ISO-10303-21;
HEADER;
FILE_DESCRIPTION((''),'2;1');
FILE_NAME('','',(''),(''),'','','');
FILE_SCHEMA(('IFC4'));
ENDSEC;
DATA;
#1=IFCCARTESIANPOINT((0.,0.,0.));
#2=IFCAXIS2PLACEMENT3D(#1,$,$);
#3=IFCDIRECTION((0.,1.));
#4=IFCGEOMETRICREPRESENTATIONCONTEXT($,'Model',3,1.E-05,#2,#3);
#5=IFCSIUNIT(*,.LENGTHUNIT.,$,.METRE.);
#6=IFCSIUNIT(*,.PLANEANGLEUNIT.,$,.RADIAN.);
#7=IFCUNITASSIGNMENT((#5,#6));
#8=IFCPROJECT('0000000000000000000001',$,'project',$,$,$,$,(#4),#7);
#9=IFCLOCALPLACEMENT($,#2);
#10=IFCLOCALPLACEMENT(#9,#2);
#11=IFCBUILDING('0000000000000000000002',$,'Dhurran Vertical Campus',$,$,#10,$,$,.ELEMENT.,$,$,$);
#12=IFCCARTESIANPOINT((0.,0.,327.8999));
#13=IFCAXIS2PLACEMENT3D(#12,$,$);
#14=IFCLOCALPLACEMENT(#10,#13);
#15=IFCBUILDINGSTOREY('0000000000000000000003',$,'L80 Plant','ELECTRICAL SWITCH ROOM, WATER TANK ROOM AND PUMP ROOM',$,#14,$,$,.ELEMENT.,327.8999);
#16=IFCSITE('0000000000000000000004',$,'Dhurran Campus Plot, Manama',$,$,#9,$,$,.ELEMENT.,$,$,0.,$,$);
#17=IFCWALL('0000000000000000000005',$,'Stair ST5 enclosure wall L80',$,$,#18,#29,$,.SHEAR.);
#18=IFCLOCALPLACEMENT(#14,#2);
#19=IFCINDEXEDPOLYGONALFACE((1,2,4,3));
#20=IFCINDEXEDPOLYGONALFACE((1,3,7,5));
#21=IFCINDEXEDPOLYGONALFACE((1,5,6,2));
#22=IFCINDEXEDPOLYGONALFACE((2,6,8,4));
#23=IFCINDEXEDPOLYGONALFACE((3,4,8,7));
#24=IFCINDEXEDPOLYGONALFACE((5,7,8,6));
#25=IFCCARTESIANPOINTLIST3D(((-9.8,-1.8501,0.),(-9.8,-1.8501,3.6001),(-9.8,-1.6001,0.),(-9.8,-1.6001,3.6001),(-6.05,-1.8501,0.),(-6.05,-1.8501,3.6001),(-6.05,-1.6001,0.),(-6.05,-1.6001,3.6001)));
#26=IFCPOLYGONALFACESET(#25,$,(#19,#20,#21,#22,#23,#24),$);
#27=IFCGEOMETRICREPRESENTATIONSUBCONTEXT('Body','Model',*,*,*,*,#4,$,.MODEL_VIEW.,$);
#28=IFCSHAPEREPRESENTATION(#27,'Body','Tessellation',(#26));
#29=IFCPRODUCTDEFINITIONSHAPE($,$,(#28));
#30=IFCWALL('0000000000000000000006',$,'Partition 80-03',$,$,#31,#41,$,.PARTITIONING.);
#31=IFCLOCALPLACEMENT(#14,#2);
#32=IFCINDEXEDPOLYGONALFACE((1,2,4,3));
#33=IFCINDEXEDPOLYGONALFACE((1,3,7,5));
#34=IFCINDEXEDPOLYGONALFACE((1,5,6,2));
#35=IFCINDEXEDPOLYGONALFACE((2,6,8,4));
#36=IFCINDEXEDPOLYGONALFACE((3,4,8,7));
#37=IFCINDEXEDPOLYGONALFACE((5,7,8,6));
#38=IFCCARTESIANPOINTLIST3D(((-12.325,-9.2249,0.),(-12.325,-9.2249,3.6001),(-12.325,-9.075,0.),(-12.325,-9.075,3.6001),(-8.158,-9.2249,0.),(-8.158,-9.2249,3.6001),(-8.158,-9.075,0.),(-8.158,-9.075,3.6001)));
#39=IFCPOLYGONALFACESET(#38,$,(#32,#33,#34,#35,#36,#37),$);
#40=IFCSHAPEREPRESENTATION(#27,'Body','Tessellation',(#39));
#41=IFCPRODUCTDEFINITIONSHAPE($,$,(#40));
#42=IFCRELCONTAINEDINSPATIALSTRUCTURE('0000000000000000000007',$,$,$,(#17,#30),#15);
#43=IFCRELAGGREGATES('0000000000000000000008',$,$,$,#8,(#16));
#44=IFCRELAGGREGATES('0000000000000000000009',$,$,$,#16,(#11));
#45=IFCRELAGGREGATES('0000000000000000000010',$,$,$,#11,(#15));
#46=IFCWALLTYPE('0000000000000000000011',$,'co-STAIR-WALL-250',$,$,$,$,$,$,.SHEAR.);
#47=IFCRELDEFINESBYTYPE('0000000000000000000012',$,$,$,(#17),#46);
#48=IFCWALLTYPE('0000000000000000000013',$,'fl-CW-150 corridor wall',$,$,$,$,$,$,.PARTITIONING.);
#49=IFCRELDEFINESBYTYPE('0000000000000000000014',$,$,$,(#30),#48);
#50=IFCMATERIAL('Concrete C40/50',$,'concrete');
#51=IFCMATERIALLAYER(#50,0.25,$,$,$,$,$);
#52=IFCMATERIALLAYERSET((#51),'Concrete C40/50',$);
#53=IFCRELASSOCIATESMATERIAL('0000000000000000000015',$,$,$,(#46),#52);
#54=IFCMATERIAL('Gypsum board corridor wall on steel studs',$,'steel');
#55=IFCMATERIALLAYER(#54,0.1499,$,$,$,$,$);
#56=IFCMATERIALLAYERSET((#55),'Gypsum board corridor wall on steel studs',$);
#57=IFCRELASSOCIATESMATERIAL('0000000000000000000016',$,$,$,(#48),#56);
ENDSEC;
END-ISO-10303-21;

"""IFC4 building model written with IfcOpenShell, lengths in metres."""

from ifc_helpers import new_model, si_unit, direction, frame, frame_2d, origin, place, context, subcontext, project, spatial, rectangle, extrude, material, layer, layer_set, type_object, element, save


model = new_model("IFC4")

# Units and contexts
model_context = context("Model", 3, precision=1e-05, world=origin(), true_north=direction((0.0, 1.0)))
body_context = subcontext(model_context, "Body", "Model", "MODEL_VIEW")
ifc_project = project(units=[si_unit("LENGTHUNIT", "METRE"), si_unit("PLANEANGLEUNIT", "RADIAN")], contexts=[model_context])

# Site, building, storey
site_placement = place(None, origin())
site = spatial("IfcSite", under=ifc_project, at=site_placement, Name="Dhurran Campus Plot, Manama", CompositionType="ELEMENT", RefElevation=0.0)
building_placement = place(site_placement, origin())
building = spatial("IfcBuilding", under=site, at=building_placement, Name="Dhurran Vertical Campus", CompositionType="ELEMENT")
storey_placement = place(building_placement, frame((0.0, 0.0, 327.8999)))
storey = spatial("IfcBuildingStorey", under=building, at=storey_placement, Name="L80 Plant", Description="ELECTRICAL SWITCH ROOM, WATER TANK ROOM AND PUMP ROOM", CompositionType="ELEMENT", Elevation=327.8999)

# Walls
ifc_material_1 = material(Name="Concrete C40/50", Category="concrete")
ifc_layer_1 = layer(ifc_material_1, 0.25)
ifc_layer_set_1 = layer_set([ifc_layer_1], Name="Concrete C40/50")
wall_type_1 = type_object("IfcWallType", Name="co-STAIR-WALL-250", PredefinedType="SHEAR", material=ifc_layer_set_1)
wall_1_placement = place(storey_placement, frame((-9.8, -1.7251, 0.0), z_axis=(0.0, 0.0, 1.0), x_axis=(1.0, 0.0, 0.0)))
element("IfcWall", 1, at=wall_1_placement, inside=storey, type_object=wall_type_1, Name="Stair ST5 enclosure wall L80", PredefinedType="SHEAR", context=body_context, shape_type="SweptSolid", body=[
    extrude(rectangle(XDim=3.75, YDim=0.25, at=frame_2d((1.875, 0.0))), origin(), (0.0, 0.0, 1.0), 3.6001),
])
ifc_material_2 = material(Name="Gypsum board corridor wall on steel studs", Category="steel")
ifc_layer_2 = layer(ifc_material_2, 0.1499)
ifc_layer_set_2 = layer_set([ifc_layer_2], Name="Gypsum board corridor wall on steel studs")
wall_type_2 = type_object("IfcWallType", Name="fl-CW-150 corridor wall", PredefinedType="PARTITIONING", material=ifc_layer_set_2)
wall_2_placement = place(storey_placement, frame((-12.325, -9.1499, 0.0), z_axis=(0.0, 0.0, 1.0), x_axis=(1.0, 0.0, 0.0)))
element("IfcWall", 2, at=wall_2_placement, inside=storey, type_object=wall_type_2, Name="Partition 80-03", PredefinedType="PARTITIONING", context=body_context, shape_type="SweptSolid", body=[
    extrude(rectangle(XDim=4.167, YDim=0.1499, at=frame_2d((2.0835, 0.0))), origin(), (0.0, 0.0, 1.0), 3.6001),
])

save(model, "model.ifc")
